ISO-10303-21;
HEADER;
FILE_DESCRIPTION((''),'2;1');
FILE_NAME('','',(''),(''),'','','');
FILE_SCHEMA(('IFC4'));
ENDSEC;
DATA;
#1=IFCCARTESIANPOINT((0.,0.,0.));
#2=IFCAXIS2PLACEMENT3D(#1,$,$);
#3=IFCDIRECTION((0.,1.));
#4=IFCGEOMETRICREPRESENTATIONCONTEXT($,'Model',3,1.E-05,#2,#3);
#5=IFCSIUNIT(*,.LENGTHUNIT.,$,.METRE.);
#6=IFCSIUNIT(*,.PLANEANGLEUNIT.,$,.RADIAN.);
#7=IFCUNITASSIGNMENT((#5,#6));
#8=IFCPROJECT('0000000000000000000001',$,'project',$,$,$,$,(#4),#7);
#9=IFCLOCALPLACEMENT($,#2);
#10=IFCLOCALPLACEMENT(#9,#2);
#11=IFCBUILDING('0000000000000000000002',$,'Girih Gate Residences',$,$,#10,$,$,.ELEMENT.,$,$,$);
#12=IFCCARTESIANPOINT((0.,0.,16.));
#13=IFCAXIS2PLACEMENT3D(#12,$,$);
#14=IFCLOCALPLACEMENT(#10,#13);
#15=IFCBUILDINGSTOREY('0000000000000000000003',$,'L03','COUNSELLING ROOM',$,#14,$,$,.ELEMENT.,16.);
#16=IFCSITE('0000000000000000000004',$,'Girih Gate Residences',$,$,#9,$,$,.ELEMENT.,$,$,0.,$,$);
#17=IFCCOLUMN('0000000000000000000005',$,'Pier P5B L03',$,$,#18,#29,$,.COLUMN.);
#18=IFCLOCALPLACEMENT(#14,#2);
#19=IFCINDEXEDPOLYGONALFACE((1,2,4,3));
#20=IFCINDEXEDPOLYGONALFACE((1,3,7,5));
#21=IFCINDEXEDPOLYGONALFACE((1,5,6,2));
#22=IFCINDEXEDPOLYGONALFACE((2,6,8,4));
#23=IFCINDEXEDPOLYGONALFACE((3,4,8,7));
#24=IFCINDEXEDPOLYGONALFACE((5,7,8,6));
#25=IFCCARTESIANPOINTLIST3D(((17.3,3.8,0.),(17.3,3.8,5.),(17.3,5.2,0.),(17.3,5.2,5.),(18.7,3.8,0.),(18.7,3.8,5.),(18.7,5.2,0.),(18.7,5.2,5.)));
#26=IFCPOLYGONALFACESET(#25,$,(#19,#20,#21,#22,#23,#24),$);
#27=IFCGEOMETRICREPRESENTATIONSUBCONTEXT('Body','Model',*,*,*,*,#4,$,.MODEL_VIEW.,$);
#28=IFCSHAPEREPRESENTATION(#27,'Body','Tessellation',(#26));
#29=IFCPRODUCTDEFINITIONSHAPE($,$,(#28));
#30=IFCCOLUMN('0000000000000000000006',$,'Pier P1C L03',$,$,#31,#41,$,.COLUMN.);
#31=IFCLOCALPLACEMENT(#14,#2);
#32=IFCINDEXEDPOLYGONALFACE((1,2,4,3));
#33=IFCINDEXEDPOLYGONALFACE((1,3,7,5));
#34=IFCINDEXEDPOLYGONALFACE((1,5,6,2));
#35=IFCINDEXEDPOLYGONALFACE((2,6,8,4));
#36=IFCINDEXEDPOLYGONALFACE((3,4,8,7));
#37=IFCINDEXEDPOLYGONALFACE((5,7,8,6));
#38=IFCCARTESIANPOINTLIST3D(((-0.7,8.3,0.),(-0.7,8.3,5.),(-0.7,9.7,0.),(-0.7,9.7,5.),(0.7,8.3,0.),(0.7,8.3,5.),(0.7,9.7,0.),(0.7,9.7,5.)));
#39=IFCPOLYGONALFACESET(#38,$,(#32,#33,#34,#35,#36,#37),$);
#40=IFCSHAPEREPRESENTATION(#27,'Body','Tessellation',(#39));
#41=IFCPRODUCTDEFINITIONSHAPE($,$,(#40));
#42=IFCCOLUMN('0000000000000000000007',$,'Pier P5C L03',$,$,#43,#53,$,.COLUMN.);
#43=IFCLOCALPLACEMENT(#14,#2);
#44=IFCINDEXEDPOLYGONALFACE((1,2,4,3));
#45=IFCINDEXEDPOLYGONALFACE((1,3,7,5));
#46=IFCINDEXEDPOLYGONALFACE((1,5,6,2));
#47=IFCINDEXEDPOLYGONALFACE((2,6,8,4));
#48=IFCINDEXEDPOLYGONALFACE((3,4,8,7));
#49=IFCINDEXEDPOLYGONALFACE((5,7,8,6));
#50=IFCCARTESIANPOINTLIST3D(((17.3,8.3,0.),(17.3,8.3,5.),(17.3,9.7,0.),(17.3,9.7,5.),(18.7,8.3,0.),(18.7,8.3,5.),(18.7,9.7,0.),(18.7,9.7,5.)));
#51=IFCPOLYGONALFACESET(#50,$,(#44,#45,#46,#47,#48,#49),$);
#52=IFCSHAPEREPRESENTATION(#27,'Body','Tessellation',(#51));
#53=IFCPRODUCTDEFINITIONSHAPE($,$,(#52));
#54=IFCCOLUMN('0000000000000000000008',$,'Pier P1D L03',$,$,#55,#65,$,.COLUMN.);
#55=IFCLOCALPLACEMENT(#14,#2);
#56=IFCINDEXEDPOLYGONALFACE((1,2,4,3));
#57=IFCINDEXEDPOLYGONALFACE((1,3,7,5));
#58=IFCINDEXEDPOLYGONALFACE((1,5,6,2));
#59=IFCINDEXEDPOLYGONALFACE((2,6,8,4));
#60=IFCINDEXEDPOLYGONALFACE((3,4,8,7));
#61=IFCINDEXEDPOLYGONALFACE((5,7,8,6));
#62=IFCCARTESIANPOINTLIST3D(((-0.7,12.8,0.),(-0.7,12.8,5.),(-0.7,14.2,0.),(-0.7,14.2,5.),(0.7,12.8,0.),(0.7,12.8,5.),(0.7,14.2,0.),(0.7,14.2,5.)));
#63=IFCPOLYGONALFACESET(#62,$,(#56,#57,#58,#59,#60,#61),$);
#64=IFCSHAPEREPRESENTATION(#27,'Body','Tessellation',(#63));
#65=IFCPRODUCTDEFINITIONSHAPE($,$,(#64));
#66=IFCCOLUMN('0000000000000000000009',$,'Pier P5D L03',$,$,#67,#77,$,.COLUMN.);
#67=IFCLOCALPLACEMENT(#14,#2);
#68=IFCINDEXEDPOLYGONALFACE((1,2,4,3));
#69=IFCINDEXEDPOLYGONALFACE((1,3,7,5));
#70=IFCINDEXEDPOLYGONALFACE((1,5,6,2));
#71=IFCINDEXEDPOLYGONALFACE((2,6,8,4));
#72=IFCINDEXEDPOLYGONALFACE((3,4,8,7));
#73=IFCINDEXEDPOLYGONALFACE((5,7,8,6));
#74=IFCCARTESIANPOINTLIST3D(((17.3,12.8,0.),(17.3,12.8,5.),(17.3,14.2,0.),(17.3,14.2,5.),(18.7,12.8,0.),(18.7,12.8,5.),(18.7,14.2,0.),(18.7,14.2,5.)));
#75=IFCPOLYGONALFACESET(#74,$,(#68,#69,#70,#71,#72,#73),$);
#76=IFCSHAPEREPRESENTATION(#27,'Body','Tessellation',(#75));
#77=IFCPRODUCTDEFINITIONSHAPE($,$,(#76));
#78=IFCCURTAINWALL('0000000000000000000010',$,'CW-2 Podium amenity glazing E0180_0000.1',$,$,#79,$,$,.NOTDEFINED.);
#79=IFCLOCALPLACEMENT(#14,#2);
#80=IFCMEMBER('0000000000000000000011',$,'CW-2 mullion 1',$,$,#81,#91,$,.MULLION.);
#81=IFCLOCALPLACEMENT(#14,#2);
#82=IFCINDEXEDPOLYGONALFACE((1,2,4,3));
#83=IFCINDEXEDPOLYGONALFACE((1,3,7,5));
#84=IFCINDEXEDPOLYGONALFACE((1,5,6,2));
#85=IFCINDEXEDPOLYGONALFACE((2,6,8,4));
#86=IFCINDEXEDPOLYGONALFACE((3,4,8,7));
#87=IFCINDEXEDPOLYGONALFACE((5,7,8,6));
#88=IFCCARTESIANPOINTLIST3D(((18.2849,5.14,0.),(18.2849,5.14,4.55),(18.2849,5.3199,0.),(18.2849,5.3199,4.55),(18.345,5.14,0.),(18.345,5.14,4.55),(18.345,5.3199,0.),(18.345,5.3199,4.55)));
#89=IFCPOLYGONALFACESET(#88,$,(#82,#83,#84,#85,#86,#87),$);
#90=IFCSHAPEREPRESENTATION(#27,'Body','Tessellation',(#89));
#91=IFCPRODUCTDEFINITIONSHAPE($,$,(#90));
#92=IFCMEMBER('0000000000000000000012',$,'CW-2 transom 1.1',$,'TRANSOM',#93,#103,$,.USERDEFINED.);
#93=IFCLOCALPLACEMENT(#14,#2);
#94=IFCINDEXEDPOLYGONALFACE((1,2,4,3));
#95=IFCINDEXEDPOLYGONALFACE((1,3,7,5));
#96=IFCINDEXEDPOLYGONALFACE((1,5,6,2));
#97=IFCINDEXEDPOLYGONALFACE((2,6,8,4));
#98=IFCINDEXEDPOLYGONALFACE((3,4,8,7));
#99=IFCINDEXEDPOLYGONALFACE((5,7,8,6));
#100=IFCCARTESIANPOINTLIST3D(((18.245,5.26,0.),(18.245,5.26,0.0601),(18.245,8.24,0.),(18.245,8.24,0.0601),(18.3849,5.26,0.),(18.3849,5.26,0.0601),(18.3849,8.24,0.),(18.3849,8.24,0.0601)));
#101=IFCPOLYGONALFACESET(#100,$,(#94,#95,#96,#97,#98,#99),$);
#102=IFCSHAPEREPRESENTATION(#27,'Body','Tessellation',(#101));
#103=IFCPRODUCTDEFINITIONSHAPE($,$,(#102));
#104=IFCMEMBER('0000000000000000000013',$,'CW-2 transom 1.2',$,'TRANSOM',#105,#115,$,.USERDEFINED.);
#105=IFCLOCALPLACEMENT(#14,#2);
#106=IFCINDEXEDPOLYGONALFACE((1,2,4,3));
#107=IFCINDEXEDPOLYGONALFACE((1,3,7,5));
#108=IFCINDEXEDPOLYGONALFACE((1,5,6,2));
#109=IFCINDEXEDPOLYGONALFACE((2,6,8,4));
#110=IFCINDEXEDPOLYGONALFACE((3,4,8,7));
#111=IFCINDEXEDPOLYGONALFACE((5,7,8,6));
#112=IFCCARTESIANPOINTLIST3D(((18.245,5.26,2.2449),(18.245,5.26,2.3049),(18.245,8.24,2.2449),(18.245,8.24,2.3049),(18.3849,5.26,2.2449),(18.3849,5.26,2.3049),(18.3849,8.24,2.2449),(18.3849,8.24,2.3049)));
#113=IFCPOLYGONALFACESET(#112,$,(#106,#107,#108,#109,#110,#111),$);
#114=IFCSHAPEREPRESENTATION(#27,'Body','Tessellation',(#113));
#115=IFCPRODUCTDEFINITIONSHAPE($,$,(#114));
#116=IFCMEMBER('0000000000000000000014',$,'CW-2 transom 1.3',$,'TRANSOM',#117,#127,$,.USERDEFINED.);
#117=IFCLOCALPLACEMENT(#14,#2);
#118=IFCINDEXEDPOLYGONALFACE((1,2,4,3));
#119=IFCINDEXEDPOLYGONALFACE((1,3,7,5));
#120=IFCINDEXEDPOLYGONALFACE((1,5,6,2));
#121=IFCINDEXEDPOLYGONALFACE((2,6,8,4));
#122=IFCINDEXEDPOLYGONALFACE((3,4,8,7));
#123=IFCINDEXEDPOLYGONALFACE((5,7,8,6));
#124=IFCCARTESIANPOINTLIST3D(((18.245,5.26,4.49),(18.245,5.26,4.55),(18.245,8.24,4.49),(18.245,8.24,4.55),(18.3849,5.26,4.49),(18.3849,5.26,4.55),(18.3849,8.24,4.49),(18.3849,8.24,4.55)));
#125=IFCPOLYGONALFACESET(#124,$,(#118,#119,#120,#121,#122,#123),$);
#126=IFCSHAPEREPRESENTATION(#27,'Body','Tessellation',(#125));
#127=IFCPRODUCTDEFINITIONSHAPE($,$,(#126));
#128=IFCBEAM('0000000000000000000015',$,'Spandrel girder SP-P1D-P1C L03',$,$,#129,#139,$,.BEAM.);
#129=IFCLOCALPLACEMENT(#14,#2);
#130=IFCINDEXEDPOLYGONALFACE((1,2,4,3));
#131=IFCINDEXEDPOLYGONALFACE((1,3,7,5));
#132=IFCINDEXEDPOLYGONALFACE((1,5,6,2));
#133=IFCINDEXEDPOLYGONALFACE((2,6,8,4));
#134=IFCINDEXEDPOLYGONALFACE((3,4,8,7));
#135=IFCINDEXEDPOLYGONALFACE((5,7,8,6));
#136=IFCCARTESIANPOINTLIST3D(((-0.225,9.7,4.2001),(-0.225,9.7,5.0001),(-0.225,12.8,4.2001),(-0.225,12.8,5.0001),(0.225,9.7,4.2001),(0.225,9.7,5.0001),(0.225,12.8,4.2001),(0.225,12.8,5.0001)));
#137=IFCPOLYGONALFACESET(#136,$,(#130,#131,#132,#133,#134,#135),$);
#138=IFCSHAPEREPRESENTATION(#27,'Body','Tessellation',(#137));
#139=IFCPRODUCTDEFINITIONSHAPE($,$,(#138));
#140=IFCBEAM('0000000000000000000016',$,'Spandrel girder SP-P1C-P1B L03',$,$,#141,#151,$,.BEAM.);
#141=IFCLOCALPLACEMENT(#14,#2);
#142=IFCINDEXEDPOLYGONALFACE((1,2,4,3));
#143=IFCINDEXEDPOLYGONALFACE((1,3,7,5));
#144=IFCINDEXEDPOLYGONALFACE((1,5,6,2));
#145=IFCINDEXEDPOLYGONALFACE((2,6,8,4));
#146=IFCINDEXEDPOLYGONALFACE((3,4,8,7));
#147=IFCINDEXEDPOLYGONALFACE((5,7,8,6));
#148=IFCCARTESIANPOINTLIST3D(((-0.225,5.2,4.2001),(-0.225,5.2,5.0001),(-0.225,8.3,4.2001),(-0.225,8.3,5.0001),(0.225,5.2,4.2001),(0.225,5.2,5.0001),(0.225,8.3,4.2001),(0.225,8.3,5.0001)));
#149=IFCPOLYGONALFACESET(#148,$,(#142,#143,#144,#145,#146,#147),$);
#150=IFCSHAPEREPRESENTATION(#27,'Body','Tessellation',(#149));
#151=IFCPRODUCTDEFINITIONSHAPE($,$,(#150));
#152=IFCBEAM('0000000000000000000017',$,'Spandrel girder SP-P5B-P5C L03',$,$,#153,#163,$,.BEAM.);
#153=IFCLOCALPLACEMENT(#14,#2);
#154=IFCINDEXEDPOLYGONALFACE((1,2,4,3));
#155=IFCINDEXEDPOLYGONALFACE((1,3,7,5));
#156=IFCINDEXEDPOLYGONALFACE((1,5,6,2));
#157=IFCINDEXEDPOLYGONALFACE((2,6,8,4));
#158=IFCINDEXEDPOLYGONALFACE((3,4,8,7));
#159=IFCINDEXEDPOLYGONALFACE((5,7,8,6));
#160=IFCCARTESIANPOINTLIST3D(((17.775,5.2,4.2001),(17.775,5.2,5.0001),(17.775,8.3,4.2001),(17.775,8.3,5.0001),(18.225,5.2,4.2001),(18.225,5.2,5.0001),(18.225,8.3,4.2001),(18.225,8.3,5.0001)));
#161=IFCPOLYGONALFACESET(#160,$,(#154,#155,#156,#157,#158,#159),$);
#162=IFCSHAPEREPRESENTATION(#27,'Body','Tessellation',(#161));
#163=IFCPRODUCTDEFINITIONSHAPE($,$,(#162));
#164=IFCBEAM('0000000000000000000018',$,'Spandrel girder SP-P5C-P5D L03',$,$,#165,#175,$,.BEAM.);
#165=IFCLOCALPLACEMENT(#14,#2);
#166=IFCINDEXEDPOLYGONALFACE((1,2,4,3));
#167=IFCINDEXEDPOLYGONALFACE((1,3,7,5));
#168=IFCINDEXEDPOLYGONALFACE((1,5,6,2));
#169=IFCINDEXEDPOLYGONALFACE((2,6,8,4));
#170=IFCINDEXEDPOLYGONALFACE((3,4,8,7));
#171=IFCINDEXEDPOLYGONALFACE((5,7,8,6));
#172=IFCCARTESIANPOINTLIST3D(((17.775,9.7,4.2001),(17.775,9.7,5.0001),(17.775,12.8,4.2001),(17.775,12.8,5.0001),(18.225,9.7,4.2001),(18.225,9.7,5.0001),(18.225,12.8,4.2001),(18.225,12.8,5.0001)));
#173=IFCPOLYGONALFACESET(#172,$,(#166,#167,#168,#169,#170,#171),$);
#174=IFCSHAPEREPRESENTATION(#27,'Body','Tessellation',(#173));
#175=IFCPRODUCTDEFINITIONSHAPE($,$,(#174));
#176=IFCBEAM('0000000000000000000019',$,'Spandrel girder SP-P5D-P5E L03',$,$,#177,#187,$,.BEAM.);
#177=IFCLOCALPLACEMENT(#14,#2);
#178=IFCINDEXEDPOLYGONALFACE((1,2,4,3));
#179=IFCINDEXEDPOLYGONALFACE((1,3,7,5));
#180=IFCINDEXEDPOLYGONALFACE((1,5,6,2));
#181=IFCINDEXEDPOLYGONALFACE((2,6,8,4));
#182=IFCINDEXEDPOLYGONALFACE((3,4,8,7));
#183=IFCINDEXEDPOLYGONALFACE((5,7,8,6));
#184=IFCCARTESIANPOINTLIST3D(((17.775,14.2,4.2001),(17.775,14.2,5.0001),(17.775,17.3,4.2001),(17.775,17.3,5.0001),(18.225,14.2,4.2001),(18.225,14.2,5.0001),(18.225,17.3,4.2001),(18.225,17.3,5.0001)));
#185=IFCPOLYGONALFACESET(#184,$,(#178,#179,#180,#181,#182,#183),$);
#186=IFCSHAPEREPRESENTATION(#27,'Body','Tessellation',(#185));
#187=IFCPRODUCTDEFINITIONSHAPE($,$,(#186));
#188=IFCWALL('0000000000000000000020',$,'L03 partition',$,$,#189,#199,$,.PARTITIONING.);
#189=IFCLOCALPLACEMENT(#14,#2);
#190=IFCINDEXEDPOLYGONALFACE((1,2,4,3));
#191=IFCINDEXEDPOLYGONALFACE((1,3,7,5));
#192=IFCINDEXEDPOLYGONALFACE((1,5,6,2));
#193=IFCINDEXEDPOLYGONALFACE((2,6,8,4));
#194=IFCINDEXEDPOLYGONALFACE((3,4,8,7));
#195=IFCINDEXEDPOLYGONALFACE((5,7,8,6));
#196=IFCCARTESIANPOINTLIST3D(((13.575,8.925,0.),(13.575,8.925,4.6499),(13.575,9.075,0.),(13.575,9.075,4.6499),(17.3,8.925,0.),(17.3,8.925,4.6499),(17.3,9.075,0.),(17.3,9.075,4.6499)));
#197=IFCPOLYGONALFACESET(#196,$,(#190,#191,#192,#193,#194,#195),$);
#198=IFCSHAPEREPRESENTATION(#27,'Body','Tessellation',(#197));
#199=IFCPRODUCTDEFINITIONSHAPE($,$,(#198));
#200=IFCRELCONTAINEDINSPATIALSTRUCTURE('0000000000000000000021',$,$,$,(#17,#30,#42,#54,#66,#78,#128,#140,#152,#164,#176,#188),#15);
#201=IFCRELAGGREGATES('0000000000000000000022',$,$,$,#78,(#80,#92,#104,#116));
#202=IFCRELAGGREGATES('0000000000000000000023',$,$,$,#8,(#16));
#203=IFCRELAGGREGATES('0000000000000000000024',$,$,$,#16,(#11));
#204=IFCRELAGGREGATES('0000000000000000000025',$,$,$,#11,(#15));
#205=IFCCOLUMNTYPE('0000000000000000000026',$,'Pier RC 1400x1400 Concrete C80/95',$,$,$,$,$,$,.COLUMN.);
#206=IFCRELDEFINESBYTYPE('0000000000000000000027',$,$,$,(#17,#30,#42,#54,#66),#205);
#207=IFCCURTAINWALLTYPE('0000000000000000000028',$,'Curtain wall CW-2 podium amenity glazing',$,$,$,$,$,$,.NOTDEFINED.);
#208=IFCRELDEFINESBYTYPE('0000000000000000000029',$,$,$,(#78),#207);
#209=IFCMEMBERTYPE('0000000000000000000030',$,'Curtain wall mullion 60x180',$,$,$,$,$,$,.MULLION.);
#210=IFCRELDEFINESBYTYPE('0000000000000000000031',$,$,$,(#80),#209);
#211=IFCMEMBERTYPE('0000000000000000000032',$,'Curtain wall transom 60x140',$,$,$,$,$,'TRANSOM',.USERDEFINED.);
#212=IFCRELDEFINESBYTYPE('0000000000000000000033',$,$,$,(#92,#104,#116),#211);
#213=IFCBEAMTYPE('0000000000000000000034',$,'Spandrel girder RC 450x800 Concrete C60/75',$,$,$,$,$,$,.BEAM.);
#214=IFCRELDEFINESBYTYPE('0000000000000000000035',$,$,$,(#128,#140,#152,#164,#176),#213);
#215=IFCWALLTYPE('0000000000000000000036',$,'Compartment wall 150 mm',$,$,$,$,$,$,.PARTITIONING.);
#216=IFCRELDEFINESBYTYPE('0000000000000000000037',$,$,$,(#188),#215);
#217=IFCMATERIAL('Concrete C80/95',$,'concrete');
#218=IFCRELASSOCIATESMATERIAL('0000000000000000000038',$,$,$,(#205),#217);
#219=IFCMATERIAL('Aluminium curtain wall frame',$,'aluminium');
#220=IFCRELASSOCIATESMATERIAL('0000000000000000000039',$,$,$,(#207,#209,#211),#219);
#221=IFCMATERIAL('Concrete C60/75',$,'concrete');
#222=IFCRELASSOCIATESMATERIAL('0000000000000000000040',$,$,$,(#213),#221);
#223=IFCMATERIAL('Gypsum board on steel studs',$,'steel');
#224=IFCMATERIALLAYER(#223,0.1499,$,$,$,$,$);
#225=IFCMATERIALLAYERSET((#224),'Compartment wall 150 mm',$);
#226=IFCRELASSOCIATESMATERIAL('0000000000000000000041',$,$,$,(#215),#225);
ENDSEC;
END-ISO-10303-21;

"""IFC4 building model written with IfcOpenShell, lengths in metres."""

from ifc_helpers import new_model, si_unit, direction, frame, frame_2d, origin, origin_2d, place, context, subcontext, project, spatial, rectangle, extrude, material, layer, layer_set, material_profile, profile_set, type_object, element, aggregate, save


model = new_model("IFC4")

# Units and contexts
model_context = context("Model", 3, precision=1e-05, world=origin(), true_north=direction((0.0, 1.0)))
body_context = subcontext(model_context, "Body", "Model", "MODEL_VIEW")
ifc_project = project(units=[si_unit("LENGTHUNIT", "METRE"), si_unit("PLANEANGLEUNIT", "RADIAN")], contexts=[model_context])

# Site, building, storey
site_placement = place(None, origin())
site = spatial("IfcSite", under=ifc_project, at=site_placement, Name="Girih Gate Residences", CompositionType="ELEMENT", RefElevation=0.0)
building_placement = place(site_placement, origin())
building = spatial("IfcBuilding", under=site, at=building_placement, Name="Girih Gate Residences", CompositionType="ELEMENT")
storey_placement = place(building_placement, frame((0.0, 0.0, 16.0)))
storey = spatial("IfcBuildingStorey", under=building, at=storey_placement, Name="L03", Description="COUNSELLING ROOM", CompositionType="ELEMENT", Elevation=16.0)

# Columns
ifc_material_1 = material(Name="Concrete C80/95", Category="concrete")
ifc_material_profile_1 = material_profile(ifc_material_1, rectangle(XDim=1.3999, YDim=1.3999, at=origin_2d()))
ifc_profile_set_1 = profile_set([ifc_material_profile_1], Name="Concrete C80/95")
column_type = type_object("IfcColumnType", Name="Pier RC 1400x1400 Concrete C80/95", PredefinedType="COLUMN", material=ifc_profile_set_1)
for number, where, z_axis, x_axis, name in (
    (1, (18.0, 4.5, 0.0), (0.0, 0.0, 1.0), (1.0, 0.0, 0.0), "Pier P5B L03"),
    (2, (0.0, 9.0, 0.0), (0.0, 0.0, 1.0), (1.0, 0.0, 0.0), "Pier P1C L03"),
    (3, (18.0, 9.0, 0.0), (0.0, 0.0, 1.0), (1.0, 0.0, 0.0), "Pier P5C L03"),
    (4, (0.0, 13.5, 0.0), (0.0, 0.0, 1.0), (1.0, 0.0, 0.0), "Pier P1D L03"),
    (5, (18.0, 13.5, 0.0), (0.0, 0.0, 1.0), (1.0, 0.0, 0.0), "Pier P5D L03"),
):
    element("IfcColumn", number, at=place(storey_placement, frame(where, z_axis=z_axis, x_axis=x_axis)), inside=storey, type_object=column_type, Name=name, PredefinedType="COLUMN", context=body_context, shape_type="SweptSolid", body=[
        extrude(rectangle(XDim=1.3999, YDim=1.3999, at=origin_2d()), origin(), (0.0, 0.0, 1.0), 5.0),
    ])

# Curtain wall, members
ifc_material_2 = material(Name="Aluminium curtain wall frame", Category="aluminium")
curtain_wall_type = type_object("IfcCurtainWallType", Name="Curtain wall CW-2 podium amenity glazing", PredefinedType="NOTDEFINED", material=ifc_material_2)
curtain_wall_placement = place(storey_placement, origin())
curtain_wall = element("IfcCurtainWall", 6, at=curtain_wall_placement, inside=storey, type_object=curtain_wall_type, Name="CW-2 Podium amenity glazing E0180_0000.1", PredefinedType="NOTDEFINED")
ifc_material_profile_2 = material_profile(ifc_material_2, rectangle(XDim=0.0601, YDim=0.1799, at=origin_2d()))
ifc_profile_set_2 = profile_set([ifc_material_profile_2], Name="Aluminium curtain wall frame")
member_type_1 = type_object("IfcMemberType", Name="Curtain wall mullion 60x180", PredefinedType="MULLION", material=ifc_profile_set_2)
member_1_placement = place(storey_placement, frame((18.3149, 5.23, 0.0), z_axis=(0.0, 0.0, 1.0), x_axis=(-1.0, 0.0, 0.0)))
member_1 = element("IfcMember", 7, at=member_1_placement, type_object=member_type_1, Name="CW-2 mullion 1", PredefinedType="MULLION", context=body_context, shape_type="SweptSolid", body=[
    extrude(rectangle(XDim=0.0601, YDim=0.1799, at=origin_2d()), origin(), (0.0, 0.0, 1.0), 4.55),
])
ifc_material_profile_3 = material_profile(ifc_material_2, rectangle(XDim=0.1399, YDim=0.0601, at=origin_2d()))
ifc_profile_set_3 = profile_set([ifc_material_profile_3], Name="Aluminium curtain wall frame")
member_type_2 = type_object("IfcMemberType", Name="Curtain wall transom 60x140", ElementType="TRANSOM", PredefinedType="USERDEFINED", material=ifc_profile_set_3)
member_2_placement = place(storey_placement, frame((18.3149, 5.26, 0.03), z_axis=(0.0, 1.0, 0.0), x_axis=(-1.0, 0.0, 0.0)))
member_2 = element("IfcMember", 8, at=member_2_placement, type_object=member_type_2, Name="CW-2 transom 1.1", ObjectType="TRANSOM", PredefinedType="USERDEFINED", context=body_context, shape_type="SweptSolid", body=[
    extrude(rectangle(XDim=0.1399, YDim=0.0601, at=origin_2d()), origin(), (0.0, 0.0, 1.0), 2.98),
])
member_3_placement = place(storey_placement, frame((18.3149, 5.26, 2.2749), z_axis=(0.0, 1.0, 0.0), x_axis=(-1.0, 0.0, 0.0)))
member_3 = element("IfcMember", 9, at=member_3_placement, type_object=member_type_2, Name="CW-2 transom 1.2", ObjectType="TRANSOM", PredefinedType="USERDEFINED", context=body_context, shape_type="SweptSolid", body=[
    extrude(rectangle(XDim=0.1399, YDim=0.0601, at=origin_2d()), origin(), (0.0, 0.0, 1.0), 2.98),
])
member_4_placement = place(storey_placement, frame((18.3149, 5.26, 4.52), z_axis=(0.0, 1.0, 0.0), x_axis=(-1.0, 0.0, 0.0)))
member_4 = element("IfcMember", 10, at=member_4_placement, type_object=member_type_2, Name="CW-2 transom 1.3", ObjectType="TRANSOM", PredefinedType="USERDEFINED", context=body_context, shape_type="SweptSolid", body=[
    extrude(rectangle(XDim=0.1399, YDim=0.0601, at=origin_2d()), origin(), (0.0, 0.0, 1.0), 2.98),
])
aggregate(curtain_wall, [member_1, member_2, member_3, member_4])

# Beams
ifc_material_3 = material(Name="Concrete C60/75", Category="concrete")
ifc_material_profile_4 = material_profile(ifc_material_3, rectangle(XDim=0.45, YDim=0.8, at=origin_2d()))
ifc_profile_set_4 = profile_set([ifc_material_profile_4], Name="Concrete C60/75")
beam_type = type_object("IfcBeamType", Name="Spandrel girder RC 450x800 Concrete C60/75", PredefinedType="BEAM", material=ifc_profile_set_4)
for number, where, z_axis, x_axis, name in (
    (11, (0.0, 12.8, 4.6001), (0.0, -1.0, 0.0), (1.0, 0.0, 0.0), "Spandrel girder SP-P1D-P1C L03"),
    (12, (0.0, 8.3, 4.6001), (0.0, -1.0, 0.0), (1.0, 0.0, 0.0), "Spandrel girder SP-P1C-P1B L03"),
    (13, (18.0, 5.2, 4.6001), (0.0, 1.0, 0.0), (-1.0, 0.0, 0.0), "Spandrel girder SP-P5B-P5C L03"),
    (14, (18.0, 9.7, 4.6001), (0.0, 1.0, 0.0), (-1.0, 0.0, 0.0), "Spandrel girder SP-P5C-P5D L03"),
    (15, (18.0, 14.2, 4.6001), (0.0, 1.0, 0.0), (-1.0, 0.0, 0.0), "Spandrel girder SP-P5D-P5E L03"),
):
    element("IfcBeam", number, at=place(storey_placement, frame(where, z_axis=z_axis, x_axis=x_axis)), inside=storey, type_object=beam_type, Name=name, PredefinedType="BEAM", context=body_context, shape_type="SweptSolid", body=[
        extrude(rectangle(XDim=0.45, YDim=0.8, at=origin_2d()), origin(), (0.0, 0.0, 1.0), 3.1001),
    ])

# Wall
ifc_material_4 = material(Name="Gypsum board on steel studs", Category="steel")
ifc_layer_1 = layer(ifc_material_4, 0.1499)
ifc_layer_set_1 = layer_set([ifc_layer_1], Name="Compartment wall 150 mm")
wall_type_1 = type_object("IfcWallType", Name="Compartment wall 150 mm", PredefinedType="PARTITIONING", material=ifc_layer_set_1)
wall_1_placement = place(storey_placement, frame((13.575, 9.0, 0.0), z_axis=(0.0, 0.0, 1.0), x_axis=(1.0, 0.0, 0.0)))
element("IfcWall", 16, at=wall_1_placement, inside=storey, type_object=wall_type_1, Name="L03 partition", PredefinedType="PARTITIONING", context=body_context, shape_type="SweptSolid", body=[
    extrude(rectangle(XDim=3.7251, YDim=0.1499, at=frame_2d((1.8625, 0.0))), origin(), (0.0, 0.0, 1.0), 4.6499),
])

save(model, "model.ifc")
